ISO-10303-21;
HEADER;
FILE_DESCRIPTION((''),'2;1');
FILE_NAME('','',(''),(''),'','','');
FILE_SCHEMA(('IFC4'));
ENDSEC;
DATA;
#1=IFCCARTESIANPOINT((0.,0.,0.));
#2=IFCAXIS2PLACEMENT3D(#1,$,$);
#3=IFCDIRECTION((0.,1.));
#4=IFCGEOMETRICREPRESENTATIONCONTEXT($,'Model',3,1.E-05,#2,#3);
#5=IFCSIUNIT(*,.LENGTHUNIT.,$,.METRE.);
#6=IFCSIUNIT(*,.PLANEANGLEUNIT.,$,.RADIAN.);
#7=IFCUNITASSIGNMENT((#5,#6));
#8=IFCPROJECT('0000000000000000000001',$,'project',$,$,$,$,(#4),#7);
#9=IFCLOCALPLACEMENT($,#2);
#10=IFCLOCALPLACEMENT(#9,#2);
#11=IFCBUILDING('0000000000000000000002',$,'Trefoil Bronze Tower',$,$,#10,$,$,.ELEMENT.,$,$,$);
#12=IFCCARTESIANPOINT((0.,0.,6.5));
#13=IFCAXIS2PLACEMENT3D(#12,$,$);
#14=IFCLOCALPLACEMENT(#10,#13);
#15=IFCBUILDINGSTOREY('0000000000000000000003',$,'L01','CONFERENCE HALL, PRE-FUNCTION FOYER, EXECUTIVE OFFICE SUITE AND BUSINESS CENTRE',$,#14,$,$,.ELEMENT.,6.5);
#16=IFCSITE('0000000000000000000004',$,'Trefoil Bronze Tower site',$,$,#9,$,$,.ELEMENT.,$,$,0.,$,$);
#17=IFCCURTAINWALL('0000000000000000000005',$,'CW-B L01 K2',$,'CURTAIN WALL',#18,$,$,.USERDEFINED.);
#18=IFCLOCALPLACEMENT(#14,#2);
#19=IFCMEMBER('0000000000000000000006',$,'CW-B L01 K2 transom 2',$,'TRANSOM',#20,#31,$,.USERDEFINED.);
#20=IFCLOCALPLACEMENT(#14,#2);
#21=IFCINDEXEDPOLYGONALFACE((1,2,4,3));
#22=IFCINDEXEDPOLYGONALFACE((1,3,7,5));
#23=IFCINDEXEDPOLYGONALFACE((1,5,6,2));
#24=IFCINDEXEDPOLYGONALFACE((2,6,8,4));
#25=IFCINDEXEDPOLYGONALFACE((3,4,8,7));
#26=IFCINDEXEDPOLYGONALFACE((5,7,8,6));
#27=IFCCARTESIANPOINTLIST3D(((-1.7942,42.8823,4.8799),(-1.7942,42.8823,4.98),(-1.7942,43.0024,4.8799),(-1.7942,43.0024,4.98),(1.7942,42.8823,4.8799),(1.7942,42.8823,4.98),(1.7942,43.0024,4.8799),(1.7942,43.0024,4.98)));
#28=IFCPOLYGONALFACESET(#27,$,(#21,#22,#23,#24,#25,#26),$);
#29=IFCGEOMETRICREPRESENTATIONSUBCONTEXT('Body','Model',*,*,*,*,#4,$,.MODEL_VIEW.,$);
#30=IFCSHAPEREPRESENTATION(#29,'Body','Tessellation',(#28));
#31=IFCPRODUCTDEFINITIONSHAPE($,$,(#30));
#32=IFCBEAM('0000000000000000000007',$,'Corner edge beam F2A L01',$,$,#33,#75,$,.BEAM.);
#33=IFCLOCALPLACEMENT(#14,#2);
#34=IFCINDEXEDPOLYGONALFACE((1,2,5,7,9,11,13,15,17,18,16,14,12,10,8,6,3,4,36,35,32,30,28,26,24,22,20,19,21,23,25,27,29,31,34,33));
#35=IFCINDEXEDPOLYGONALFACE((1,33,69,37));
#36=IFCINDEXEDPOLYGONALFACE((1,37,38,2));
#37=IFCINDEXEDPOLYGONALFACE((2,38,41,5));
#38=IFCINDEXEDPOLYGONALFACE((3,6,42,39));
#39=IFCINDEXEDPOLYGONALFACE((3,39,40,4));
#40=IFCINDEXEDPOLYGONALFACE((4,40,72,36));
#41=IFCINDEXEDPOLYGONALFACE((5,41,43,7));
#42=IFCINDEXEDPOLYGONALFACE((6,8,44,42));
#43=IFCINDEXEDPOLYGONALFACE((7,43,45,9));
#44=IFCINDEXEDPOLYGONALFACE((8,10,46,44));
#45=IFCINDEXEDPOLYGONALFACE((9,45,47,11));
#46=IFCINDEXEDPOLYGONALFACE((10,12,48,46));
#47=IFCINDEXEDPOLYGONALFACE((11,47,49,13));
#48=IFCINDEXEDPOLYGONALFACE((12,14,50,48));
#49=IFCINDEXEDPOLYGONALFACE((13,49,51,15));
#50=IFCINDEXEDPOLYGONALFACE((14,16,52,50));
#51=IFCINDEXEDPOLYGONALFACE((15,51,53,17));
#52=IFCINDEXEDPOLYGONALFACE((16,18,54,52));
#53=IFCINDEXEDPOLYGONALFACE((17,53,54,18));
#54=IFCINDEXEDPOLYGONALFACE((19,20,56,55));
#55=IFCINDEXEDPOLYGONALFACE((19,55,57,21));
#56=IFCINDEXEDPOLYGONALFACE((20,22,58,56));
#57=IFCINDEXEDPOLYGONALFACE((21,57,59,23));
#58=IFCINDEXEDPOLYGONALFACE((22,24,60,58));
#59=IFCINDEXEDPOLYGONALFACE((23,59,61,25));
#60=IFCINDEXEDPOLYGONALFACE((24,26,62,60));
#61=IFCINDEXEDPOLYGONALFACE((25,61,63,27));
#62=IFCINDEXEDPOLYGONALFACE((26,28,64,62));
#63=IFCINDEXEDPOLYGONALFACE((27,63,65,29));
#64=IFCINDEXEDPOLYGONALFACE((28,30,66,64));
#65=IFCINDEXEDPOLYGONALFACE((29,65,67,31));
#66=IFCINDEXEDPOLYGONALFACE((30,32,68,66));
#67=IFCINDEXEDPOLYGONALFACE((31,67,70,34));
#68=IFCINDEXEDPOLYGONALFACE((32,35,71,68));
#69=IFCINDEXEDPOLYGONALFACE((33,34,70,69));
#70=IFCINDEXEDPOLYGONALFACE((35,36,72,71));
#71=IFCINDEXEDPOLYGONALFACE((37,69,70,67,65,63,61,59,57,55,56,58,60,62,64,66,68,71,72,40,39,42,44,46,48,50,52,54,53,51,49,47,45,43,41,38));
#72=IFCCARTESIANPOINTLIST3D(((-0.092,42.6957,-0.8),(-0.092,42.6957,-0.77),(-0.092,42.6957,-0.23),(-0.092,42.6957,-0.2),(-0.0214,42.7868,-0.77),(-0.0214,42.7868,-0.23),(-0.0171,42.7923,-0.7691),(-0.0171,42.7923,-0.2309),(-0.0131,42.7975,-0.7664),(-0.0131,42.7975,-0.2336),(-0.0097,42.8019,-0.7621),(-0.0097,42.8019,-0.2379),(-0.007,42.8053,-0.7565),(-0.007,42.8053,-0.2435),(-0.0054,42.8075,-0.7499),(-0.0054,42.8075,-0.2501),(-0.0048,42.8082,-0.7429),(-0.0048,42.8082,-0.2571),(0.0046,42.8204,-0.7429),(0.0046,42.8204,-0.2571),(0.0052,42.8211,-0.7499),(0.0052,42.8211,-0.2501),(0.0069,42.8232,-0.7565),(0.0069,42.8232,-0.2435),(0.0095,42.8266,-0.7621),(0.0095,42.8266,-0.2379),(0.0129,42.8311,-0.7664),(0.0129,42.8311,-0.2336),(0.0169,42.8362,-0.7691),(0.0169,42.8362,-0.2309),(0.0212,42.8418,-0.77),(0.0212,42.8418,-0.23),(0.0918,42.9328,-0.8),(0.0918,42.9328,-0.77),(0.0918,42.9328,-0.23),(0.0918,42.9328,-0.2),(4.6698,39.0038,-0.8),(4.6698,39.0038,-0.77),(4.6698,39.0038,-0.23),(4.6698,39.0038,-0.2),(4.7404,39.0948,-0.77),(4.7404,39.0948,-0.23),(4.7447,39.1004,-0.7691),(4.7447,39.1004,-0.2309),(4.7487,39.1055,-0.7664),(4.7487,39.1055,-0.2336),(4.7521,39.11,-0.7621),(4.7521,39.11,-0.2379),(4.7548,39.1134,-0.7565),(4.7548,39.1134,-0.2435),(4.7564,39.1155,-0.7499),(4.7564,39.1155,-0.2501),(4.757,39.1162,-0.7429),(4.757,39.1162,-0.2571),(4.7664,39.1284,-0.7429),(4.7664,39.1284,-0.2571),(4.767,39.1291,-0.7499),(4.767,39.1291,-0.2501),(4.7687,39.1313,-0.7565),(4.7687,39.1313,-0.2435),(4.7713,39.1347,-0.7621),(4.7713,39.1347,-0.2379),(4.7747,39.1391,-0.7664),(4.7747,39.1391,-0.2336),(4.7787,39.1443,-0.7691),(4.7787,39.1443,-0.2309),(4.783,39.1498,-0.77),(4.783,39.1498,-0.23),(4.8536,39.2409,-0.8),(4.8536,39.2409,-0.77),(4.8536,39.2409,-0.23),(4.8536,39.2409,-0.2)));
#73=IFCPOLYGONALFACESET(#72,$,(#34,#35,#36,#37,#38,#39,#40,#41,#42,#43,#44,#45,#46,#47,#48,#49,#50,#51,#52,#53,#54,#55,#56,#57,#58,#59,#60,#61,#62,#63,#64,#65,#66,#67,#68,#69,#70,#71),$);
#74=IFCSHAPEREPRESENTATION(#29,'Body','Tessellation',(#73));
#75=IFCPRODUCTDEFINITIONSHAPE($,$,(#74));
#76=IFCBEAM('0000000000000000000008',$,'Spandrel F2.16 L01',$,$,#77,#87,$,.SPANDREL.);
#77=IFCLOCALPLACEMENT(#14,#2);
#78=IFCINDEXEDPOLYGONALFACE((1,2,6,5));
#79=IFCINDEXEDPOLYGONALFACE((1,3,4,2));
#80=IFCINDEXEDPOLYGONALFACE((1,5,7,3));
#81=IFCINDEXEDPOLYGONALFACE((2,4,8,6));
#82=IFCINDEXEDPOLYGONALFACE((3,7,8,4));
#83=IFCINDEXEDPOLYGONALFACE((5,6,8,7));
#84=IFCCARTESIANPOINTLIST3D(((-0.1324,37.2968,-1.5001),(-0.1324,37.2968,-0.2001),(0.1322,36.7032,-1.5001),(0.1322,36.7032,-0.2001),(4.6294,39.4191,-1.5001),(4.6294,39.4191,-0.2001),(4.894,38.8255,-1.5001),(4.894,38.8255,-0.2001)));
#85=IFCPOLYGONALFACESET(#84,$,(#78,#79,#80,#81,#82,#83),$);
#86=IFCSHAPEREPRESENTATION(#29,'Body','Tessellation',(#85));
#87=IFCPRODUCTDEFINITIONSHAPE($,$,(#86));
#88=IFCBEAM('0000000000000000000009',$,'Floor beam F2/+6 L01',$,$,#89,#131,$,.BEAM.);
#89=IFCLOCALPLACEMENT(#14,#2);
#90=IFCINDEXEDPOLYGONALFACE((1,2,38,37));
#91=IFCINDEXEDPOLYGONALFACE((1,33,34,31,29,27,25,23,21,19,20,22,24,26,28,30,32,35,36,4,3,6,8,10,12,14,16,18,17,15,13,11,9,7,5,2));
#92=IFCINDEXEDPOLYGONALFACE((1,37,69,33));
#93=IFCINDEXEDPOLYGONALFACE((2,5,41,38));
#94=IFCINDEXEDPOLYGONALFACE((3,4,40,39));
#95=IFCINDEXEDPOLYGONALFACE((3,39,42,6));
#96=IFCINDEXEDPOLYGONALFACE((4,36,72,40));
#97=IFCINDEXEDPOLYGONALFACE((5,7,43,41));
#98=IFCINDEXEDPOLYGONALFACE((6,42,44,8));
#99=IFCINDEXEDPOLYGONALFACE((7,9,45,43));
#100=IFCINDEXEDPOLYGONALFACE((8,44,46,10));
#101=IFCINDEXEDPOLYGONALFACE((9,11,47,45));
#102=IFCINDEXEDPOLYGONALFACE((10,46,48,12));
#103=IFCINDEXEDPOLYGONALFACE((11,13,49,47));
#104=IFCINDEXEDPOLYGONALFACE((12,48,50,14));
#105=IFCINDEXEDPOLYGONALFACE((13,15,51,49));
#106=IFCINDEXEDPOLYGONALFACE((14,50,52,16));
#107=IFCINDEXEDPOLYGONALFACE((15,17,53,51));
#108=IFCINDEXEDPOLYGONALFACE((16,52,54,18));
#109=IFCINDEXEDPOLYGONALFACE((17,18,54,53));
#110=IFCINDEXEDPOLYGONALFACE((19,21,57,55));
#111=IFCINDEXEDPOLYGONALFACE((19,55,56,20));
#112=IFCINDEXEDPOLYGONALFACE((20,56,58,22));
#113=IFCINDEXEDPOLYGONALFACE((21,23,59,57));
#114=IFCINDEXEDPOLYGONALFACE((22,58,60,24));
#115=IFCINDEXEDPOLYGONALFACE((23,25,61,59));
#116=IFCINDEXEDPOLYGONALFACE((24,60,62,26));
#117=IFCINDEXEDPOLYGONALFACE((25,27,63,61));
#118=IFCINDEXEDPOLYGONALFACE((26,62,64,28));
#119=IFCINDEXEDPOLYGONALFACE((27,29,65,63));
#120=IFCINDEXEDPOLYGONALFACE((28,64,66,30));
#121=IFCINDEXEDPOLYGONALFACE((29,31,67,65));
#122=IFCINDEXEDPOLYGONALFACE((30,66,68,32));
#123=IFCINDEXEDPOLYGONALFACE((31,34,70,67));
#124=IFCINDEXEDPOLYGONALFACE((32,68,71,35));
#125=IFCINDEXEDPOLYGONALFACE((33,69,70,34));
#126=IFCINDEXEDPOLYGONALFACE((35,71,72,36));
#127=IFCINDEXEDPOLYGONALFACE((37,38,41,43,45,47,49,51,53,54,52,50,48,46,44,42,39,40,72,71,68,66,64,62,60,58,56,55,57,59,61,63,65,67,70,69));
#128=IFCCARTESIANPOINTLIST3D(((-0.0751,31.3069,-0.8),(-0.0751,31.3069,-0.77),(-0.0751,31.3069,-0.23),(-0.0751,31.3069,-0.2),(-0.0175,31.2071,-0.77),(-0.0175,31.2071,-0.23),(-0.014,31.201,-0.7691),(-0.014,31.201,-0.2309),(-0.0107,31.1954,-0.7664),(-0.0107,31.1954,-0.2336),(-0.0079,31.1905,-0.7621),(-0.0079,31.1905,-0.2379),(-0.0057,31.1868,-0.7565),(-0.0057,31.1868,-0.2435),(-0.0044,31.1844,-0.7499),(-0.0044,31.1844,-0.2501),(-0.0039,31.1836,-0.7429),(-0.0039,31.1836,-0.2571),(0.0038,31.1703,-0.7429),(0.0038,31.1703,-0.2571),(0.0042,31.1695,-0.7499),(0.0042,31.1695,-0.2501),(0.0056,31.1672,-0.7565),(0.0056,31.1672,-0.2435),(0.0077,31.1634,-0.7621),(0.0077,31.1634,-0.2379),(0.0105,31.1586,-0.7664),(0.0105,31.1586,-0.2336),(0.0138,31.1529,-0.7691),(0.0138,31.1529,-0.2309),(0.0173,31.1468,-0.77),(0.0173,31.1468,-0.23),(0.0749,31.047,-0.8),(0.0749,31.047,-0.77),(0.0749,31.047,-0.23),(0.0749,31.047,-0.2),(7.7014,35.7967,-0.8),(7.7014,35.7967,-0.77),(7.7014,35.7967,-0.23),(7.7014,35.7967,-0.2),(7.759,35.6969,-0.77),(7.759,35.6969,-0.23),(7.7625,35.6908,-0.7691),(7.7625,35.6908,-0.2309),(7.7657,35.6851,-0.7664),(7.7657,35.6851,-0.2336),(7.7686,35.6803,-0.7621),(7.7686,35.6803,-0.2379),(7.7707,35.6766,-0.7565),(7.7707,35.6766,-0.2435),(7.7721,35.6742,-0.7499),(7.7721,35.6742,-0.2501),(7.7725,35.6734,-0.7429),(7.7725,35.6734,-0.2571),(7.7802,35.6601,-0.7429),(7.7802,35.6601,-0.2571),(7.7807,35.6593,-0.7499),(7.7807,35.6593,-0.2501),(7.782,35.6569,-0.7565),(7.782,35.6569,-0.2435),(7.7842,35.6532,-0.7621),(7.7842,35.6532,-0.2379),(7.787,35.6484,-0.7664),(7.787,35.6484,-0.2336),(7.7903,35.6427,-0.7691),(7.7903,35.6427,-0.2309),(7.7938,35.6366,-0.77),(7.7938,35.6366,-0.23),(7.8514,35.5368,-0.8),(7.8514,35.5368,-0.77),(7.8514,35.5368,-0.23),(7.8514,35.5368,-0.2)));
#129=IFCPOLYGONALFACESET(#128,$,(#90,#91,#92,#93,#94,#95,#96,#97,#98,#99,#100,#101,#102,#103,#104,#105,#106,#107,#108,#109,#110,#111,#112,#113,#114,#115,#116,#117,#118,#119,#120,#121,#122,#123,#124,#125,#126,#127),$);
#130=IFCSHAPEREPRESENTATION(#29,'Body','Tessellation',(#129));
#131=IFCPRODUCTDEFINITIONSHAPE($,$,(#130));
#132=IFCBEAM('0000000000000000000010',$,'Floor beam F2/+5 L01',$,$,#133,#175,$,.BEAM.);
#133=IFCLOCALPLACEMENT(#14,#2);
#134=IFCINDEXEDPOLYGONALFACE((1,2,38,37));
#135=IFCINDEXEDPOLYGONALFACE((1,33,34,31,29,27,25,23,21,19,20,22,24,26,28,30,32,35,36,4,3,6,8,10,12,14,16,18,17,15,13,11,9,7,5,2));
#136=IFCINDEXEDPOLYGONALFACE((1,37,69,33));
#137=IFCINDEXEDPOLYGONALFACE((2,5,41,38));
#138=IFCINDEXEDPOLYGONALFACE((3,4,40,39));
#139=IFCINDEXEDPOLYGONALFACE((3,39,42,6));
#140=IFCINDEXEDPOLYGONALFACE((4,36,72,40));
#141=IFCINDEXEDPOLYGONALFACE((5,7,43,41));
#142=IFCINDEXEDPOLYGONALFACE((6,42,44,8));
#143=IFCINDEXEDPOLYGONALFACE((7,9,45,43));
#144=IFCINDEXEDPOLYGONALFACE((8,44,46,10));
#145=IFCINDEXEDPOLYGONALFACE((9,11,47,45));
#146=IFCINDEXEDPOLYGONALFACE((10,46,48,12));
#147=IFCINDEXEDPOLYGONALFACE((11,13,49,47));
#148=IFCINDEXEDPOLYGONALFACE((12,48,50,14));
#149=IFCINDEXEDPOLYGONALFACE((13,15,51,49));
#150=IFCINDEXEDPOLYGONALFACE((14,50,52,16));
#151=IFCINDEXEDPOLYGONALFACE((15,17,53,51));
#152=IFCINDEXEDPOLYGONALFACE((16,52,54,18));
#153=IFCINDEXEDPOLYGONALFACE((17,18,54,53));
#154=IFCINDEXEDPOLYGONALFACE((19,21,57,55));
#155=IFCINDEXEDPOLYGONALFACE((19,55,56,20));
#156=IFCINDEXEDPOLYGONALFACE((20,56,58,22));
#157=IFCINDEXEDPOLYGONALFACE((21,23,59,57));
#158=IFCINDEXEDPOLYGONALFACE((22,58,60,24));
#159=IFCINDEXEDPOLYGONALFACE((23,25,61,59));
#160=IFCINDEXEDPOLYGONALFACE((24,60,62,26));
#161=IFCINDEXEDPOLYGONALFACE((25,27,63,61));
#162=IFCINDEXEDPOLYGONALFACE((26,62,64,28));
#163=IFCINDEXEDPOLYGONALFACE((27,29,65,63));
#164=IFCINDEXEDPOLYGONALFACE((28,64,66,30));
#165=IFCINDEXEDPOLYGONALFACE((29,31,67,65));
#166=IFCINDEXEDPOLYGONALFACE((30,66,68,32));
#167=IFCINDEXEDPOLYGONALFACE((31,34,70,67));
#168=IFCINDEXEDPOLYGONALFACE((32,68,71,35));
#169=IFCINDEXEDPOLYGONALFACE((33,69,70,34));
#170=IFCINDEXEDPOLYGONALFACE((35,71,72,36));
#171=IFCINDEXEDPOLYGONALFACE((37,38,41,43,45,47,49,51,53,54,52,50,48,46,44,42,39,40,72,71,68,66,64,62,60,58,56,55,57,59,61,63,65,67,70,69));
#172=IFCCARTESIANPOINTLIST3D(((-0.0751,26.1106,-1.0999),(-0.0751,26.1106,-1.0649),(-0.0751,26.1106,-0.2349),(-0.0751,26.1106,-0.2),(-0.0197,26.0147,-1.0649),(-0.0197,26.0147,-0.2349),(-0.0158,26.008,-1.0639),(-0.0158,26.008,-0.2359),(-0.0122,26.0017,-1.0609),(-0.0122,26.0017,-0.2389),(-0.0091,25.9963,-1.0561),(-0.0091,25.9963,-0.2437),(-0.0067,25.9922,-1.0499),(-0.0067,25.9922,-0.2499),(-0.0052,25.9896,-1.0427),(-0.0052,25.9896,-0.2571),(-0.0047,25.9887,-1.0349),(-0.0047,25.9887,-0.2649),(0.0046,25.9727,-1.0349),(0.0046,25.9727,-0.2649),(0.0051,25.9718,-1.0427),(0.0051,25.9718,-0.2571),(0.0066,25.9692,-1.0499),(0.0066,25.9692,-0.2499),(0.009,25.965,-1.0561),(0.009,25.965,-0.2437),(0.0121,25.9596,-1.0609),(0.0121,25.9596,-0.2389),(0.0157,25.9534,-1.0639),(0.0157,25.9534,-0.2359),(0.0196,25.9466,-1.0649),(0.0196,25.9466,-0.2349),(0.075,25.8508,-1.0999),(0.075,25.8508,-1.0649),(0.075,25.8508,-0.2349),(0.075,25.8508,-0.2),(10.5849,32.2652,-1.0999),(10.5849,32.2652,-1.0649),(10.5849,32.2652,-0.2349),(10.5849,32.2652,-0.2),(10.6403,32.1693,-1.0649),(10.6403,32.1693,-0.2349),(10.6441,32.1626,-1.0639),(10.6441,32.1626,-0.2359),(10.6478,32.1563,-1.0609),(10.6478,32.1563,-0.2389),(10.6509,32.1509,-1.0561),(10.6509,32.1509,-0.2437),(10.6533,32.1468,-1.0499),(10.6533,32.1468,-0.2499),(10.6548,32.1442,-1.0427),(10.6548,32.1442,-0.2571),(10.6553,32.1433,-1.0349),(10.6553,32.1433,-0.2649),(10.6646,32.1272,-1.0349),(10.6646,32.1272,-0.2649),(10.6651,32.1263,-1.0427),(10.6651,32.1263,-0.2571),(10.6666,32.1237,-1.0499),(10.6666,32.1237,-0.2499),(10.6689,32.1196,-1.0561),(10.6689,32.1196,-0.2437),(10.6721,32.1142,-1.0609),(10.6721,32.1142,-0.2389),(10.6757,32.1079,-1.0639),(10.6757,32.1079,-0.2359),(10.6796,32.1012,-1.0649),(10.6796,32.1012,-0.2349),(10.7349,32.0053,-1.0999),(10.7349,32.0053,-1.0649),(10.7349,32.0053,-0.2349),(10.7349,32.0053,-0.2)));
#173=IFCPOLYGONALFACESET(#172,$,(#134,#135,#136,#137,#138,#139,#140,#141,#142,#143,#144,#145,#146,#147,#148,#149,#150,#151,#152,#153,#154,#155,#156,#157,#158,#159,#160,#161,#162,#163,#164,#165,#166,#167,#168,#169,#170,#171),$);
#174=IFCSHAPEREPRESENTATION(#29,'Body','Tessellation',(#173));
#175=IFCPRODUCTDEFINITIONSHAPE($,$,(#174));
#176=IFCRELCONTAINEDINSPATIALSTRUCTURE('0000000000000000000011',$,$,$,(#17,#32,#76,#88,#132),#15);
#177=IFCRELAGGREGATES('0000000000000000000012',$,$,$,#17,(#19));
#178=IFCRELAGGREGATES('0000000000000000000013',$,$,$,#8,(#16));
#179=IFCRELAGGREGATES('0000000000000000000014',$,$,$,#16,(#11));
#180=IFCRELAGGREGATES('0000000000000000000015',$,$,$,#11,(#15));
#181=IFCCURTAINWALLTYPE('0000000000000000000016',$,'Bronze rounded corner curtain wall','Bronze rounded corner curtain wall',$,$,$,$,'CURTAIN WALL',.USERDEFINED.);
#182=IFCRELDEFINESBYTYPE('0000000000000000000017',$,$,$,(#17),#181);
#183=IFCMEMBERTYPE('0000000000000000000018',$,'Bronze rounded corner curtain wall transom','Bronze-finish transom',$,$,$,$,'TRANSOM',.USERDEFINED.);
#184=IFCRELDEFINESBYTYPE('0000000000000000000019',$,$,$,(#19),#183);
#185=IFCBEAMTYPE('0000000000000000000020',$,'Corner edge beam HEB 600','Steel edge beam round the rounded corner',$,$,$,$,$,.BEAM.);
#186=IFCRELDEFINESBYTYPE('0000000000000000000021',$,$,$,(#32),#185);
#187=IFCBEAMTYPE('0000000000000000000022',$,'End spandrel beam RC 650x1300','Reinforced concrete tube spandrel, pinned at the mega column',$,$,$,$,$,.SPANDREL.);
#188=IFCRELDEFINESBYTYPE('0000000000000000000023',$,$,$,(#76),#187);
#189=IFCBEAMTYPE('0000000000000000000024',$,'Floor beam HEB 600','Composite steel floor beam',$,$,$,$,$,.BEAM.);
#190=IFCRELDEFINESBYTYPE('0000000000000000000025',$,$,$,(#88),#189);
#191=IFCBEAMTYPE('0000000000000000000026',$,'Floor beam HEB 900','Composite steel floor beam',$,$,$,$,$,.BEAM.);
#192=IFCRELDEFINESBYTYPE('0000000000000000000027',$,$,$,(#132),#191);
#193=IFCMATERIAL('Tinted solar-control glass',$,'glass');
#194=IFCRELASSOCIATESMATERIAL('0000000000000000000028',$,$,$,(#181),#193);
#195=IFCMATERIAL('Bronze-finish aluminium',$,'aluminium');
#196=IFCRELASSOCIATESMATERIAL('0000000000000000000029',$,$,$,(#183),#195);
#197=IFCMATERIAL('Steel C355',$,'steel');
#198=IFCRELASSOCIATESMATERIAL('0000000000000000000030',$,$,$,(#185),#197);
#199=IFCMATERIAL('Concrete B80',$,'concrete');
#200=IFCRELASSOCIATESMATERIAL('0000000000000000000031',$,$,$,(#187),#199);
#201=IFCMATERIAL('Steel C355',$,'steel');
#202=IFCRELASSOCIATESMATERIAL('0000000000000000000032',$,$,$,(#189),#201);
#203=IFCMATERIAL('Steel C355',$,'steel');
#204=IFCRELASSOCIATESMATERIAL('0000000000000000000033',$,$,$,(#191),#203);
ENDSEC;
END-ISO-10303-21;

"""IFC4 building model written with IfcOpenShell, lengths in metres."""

from ifc_helpers import new_model, si_unit, direction, frame, origin, origin_2d, place, context, subcontext, project, spatial, rectangle, i_section, extrude, material, material_profile, profile_set, type_object, element, aggregate, save


model = new_model("IFC4")

# Units and contexts
model_context = context("Model", 3, precision=1e-05, world=origin(), true_north=direction((0.0, 1.0)))
body_context = subcontext(model_context, "Body", "Model", "MODEL_VIEW")
ifc_project = project(units=[si_unit("LENGTHUNIT", "METRE"), si_unit("PLANEANGLEUNIT", "RADIAN")], contexts=[model_context])

# Site, building, storey
site_placement = place(None, origin())
site = spatial("IfcSite", under=ifc_project, at=site_placement, Name="Trefoil Bronze Tower site", CompositionType="ELEMENT", RefElevation=0.0)
building_placement = place(site_placement, origin())
building = spatial("IfcBuilding", under=site, at=building_placement, Name="Trefoil Bronze Tower", CompositionType="ELEMENT")
storey_placement = place(building_placement, frame((0.0, 0.0, 6.5)))
storey = spatial("IfcBuildingStorey", under=building, at=storey_placement, Name="L01", Description="CONFERENCE HALL, PRE-FUNCTION FOYER, EXECUTIVE OFFICE SUITE AND BUSINESS CENTRE", CompositionType="ELEMENT", Elevation=6.5)

# Curtain wall, member
ifc_material_1 = material(Name="Tinted solar-control glass", Category="glass")
curtain_wall_type_1 = type_object("IfcCurtainWallType", Name="Bronze rounded corner curtain wall", Description="Bronze rounded corner curtain wall", ElementType="CURTAIN WALL", PredefinedType="USERDEFINED", material=ifc_material_1)
curtain_wall_1_placement = place(storey_placement, origin())
curtain_wall_1 = element("IfcCurtainWall", 1, at=curtain_wall_1_placement, inside=storey, type_object=curtain_wall_type_1, Name="CW-B L01 K2", ObjectType="CURTAIN WALL", PredefinedType="USERDEFINED")
ifc_material_2 = material(Name="Bronze-finish aluminium", Category="aluminium")
ifc_material_profile_1 = material_profile(ifc_material_2, rectangle(XDim=0.1201, YDim=0.1001, at=origin_2d()), Name="CW-B transom")
ifc_profile_set_1 = profile_set([ifc_material_profile_1], Name="Bronze-finish aluminium")
member_type_1 = type_object("IfcMemberType", Name="Bronze rounded corner curtain wall transom", Description="Bronze-finish transom", ElementType="TRANSOM", PredefinedType="USERDEFINED", material=ifc_profile_set_1)
member_1_placement = place(storey_placement, frame((1.7942, 42.9424, 4.9299), z_axis=(-1.0, 0.0, 0.0), x_axis=(0.0, -1.0, 0.0)))
member_1 = element("IfcMember", 2, at=member_1_placement, type_object=member_type_1, Name="CW-B L01 K2 transom 2", ObjectType="TRANSOM", PredefinedType="USERDEFINED", context=body_context, shape_type="SweptSolid", body=[
    extrude(rectangle(XDim=0.1201, YDim=0.1001, at=origin_2d()), origin(), (0.0, 0.0, 1.0), 3.5884),
])

# Beams
ifc_material_3 = material(Name="Steel C355", Category="steel")
ifc_material_profile_2 = material_profile(ifc_material_3, i_section(OverallWidth=0.3, OverallDepth=0.6001, WebThickness=0.0154, FlangeThickness=0.03, FilletRadius=0.0271, at=origin_2d()), Name="HEB 600")
ifc_profile_set_2 = profile_set([ifc_material_profile_2], Name="Steel C355")
beam_type_1 = type_object("IfcBeamType", Name="Corner edge beam HEB 600", Description="Steel edge beam round the rounded corner", PredefinedType="BEAM", material=ifc_profile_set_2)
beam_1_placement = place(storey_placement, frame((4.7617, 39.1223, -0.5), z_axis=(-0.790289, 0.612734, 0.0), x_axis=(-0.612734, -0.790289, 0.0)))
element("IfcBeam", 3, at=beam_1_placement, inside=storey, type_object=beam_type_1, Name="Corner edge beam F2A L01", PredefinedType="BEAM", context=body_context, shape_type="SweptSolid", body=[
    extrude(i_section(OverallWidth=0.3, OverallDepth=0.6001, WebThickness=0.0154, FlangeThickness=0.03, FilletRadius=0.0271, at=origin_2d()), origin(), (0.0, 0.0, 1.0), 6.0254),
])
ifc_material_4 = material(Name="Concrete B80", Category="concrete")
ifc_material_profile_3 = material_profile(ifc_material_4, rectangle(XDim=0.6499, YDim=1.3, at=origin_2d()), Name="RC 650x1300")
ifc_profile_set_3 = profile_set([ifc_material_profile_3], Name="Concrete B80")
beam_type_2 = type_object("IfcBeamType", Name="End spandrel beam RC 650x1300", Description="Reinforced concrete tube spandrel, pinned at the mega column", PredefinedType="SPANDREL", material=ifc_profile_set_3)
beam_2_placement = place(storey_placement, frame((4.7617, 39.1223, -0.8501), z_axis=(-0.913384, -0.407099, 0.0), x_axis=(0.407099, -0.913384, 0.0)))
element("IfcBeam", 4, at=beam_2_placement, inside=storey, type_object=beam_type_2, Name="Spandrel F2.16 L01", PredefinedType="SPANDREL", context=body_context, shape_type="SweptSolid", body=[
    extrude(rectangle(XDim=0.6499, YDim=1.3, at=origin_2d()), origin(), (0.0, 0.0, 1.0), 5.2134),
])
ifc_material_5 = material(Name="Steel C355", Category="steel")
ifc_material_profile_4 = material_profile(ifc_material_5, i_section(OverallWidth=0.3, OverallDepth=0.6001, WebThickness=0.0154, FlangeThickness=0.03, FilletRadius=0.0271, at=origin_2d()), Name="HEB 600")
ifc_profile_set_4 = profile_set([ifc_material_profile_4], Name="Steel C355")
beam_type_3 = type_object("IfcBeamType", Name="Floor beam HEB 600", Description="Composite steel floor beam", PredefinedType="BEAM", material=ifc_profile_set_4)
beam_3_placement = place(storey_placement, frame((7.7764, 35.6667, -0.5), z_axis=(-0.866023, -0.500005, 0.0), x_axis=(0.500005, -0.866023, 0.0)))
element("IfcBeam", 5, at=beam_3_placement, inside=storey, type_object=beam_type_3, Name="Floor beam F2/+6 L01", PredefinedType="BEAM", context=body_context, shape_type="SweptSolid", body=[
    extrude(i_section(OverallWidth=0.3, OverallDepth=0.6001, WebThickness=0.0154, FlangeThickness=0.03, FilletRadius=0.0271, at=origin_2d()), origin(), (0.0, 0.0, 1.0), 8.9795),
])
ifc_material_6 = material(Name="Steel C355", Category="steel")
ifc_material_profile_5 = material_profile(ifc_material_6, i_section(OverallWidth=0.3, OverallDepth=0.8999, WebThickness=0.0186, FlangeThickness=0.0349, FilletRadius=0.03, at=origin_2d()), Name="HEB 900")
ifc_profile_set_5 = profile_set([ifc_material_profile_5], Name="Steel C355")
beam_type_4 = type_object("IfcBeamType", Name="Floor beam HEB 900", Description="Composite steel floor beam", PredefinedType="BEAM", material=ifc_profile_set_5)
beam_4_placement = place(storey_placement, frame((10.6599, 32.1353, -0.6499), z_axis=(-0.866024, -0.500002, 0.0), x_axis=(0.500002, -0.866024, 0.0)))
element("IfcBeam", 6, at=beam_4_placement, inside=storey, type_object=beam_type_4, Name="Floor beam F2/+5 L01", PredefinedType="BEAM", context=body_context, shape_type="SweptSolid", body=[
    extrude(i_section(OverallWidth=0.3, OverallDepth=0.8999, WebThickness=0.0186, FlangeThickness=0.0349, FilletRadius=0.03, at=origin_2d()), origin(), (0.0, 0.0, 1.0), 12.3091),
])

aggregate(curtain_wall_1, [member_1])

save(model, "model.ifc")
